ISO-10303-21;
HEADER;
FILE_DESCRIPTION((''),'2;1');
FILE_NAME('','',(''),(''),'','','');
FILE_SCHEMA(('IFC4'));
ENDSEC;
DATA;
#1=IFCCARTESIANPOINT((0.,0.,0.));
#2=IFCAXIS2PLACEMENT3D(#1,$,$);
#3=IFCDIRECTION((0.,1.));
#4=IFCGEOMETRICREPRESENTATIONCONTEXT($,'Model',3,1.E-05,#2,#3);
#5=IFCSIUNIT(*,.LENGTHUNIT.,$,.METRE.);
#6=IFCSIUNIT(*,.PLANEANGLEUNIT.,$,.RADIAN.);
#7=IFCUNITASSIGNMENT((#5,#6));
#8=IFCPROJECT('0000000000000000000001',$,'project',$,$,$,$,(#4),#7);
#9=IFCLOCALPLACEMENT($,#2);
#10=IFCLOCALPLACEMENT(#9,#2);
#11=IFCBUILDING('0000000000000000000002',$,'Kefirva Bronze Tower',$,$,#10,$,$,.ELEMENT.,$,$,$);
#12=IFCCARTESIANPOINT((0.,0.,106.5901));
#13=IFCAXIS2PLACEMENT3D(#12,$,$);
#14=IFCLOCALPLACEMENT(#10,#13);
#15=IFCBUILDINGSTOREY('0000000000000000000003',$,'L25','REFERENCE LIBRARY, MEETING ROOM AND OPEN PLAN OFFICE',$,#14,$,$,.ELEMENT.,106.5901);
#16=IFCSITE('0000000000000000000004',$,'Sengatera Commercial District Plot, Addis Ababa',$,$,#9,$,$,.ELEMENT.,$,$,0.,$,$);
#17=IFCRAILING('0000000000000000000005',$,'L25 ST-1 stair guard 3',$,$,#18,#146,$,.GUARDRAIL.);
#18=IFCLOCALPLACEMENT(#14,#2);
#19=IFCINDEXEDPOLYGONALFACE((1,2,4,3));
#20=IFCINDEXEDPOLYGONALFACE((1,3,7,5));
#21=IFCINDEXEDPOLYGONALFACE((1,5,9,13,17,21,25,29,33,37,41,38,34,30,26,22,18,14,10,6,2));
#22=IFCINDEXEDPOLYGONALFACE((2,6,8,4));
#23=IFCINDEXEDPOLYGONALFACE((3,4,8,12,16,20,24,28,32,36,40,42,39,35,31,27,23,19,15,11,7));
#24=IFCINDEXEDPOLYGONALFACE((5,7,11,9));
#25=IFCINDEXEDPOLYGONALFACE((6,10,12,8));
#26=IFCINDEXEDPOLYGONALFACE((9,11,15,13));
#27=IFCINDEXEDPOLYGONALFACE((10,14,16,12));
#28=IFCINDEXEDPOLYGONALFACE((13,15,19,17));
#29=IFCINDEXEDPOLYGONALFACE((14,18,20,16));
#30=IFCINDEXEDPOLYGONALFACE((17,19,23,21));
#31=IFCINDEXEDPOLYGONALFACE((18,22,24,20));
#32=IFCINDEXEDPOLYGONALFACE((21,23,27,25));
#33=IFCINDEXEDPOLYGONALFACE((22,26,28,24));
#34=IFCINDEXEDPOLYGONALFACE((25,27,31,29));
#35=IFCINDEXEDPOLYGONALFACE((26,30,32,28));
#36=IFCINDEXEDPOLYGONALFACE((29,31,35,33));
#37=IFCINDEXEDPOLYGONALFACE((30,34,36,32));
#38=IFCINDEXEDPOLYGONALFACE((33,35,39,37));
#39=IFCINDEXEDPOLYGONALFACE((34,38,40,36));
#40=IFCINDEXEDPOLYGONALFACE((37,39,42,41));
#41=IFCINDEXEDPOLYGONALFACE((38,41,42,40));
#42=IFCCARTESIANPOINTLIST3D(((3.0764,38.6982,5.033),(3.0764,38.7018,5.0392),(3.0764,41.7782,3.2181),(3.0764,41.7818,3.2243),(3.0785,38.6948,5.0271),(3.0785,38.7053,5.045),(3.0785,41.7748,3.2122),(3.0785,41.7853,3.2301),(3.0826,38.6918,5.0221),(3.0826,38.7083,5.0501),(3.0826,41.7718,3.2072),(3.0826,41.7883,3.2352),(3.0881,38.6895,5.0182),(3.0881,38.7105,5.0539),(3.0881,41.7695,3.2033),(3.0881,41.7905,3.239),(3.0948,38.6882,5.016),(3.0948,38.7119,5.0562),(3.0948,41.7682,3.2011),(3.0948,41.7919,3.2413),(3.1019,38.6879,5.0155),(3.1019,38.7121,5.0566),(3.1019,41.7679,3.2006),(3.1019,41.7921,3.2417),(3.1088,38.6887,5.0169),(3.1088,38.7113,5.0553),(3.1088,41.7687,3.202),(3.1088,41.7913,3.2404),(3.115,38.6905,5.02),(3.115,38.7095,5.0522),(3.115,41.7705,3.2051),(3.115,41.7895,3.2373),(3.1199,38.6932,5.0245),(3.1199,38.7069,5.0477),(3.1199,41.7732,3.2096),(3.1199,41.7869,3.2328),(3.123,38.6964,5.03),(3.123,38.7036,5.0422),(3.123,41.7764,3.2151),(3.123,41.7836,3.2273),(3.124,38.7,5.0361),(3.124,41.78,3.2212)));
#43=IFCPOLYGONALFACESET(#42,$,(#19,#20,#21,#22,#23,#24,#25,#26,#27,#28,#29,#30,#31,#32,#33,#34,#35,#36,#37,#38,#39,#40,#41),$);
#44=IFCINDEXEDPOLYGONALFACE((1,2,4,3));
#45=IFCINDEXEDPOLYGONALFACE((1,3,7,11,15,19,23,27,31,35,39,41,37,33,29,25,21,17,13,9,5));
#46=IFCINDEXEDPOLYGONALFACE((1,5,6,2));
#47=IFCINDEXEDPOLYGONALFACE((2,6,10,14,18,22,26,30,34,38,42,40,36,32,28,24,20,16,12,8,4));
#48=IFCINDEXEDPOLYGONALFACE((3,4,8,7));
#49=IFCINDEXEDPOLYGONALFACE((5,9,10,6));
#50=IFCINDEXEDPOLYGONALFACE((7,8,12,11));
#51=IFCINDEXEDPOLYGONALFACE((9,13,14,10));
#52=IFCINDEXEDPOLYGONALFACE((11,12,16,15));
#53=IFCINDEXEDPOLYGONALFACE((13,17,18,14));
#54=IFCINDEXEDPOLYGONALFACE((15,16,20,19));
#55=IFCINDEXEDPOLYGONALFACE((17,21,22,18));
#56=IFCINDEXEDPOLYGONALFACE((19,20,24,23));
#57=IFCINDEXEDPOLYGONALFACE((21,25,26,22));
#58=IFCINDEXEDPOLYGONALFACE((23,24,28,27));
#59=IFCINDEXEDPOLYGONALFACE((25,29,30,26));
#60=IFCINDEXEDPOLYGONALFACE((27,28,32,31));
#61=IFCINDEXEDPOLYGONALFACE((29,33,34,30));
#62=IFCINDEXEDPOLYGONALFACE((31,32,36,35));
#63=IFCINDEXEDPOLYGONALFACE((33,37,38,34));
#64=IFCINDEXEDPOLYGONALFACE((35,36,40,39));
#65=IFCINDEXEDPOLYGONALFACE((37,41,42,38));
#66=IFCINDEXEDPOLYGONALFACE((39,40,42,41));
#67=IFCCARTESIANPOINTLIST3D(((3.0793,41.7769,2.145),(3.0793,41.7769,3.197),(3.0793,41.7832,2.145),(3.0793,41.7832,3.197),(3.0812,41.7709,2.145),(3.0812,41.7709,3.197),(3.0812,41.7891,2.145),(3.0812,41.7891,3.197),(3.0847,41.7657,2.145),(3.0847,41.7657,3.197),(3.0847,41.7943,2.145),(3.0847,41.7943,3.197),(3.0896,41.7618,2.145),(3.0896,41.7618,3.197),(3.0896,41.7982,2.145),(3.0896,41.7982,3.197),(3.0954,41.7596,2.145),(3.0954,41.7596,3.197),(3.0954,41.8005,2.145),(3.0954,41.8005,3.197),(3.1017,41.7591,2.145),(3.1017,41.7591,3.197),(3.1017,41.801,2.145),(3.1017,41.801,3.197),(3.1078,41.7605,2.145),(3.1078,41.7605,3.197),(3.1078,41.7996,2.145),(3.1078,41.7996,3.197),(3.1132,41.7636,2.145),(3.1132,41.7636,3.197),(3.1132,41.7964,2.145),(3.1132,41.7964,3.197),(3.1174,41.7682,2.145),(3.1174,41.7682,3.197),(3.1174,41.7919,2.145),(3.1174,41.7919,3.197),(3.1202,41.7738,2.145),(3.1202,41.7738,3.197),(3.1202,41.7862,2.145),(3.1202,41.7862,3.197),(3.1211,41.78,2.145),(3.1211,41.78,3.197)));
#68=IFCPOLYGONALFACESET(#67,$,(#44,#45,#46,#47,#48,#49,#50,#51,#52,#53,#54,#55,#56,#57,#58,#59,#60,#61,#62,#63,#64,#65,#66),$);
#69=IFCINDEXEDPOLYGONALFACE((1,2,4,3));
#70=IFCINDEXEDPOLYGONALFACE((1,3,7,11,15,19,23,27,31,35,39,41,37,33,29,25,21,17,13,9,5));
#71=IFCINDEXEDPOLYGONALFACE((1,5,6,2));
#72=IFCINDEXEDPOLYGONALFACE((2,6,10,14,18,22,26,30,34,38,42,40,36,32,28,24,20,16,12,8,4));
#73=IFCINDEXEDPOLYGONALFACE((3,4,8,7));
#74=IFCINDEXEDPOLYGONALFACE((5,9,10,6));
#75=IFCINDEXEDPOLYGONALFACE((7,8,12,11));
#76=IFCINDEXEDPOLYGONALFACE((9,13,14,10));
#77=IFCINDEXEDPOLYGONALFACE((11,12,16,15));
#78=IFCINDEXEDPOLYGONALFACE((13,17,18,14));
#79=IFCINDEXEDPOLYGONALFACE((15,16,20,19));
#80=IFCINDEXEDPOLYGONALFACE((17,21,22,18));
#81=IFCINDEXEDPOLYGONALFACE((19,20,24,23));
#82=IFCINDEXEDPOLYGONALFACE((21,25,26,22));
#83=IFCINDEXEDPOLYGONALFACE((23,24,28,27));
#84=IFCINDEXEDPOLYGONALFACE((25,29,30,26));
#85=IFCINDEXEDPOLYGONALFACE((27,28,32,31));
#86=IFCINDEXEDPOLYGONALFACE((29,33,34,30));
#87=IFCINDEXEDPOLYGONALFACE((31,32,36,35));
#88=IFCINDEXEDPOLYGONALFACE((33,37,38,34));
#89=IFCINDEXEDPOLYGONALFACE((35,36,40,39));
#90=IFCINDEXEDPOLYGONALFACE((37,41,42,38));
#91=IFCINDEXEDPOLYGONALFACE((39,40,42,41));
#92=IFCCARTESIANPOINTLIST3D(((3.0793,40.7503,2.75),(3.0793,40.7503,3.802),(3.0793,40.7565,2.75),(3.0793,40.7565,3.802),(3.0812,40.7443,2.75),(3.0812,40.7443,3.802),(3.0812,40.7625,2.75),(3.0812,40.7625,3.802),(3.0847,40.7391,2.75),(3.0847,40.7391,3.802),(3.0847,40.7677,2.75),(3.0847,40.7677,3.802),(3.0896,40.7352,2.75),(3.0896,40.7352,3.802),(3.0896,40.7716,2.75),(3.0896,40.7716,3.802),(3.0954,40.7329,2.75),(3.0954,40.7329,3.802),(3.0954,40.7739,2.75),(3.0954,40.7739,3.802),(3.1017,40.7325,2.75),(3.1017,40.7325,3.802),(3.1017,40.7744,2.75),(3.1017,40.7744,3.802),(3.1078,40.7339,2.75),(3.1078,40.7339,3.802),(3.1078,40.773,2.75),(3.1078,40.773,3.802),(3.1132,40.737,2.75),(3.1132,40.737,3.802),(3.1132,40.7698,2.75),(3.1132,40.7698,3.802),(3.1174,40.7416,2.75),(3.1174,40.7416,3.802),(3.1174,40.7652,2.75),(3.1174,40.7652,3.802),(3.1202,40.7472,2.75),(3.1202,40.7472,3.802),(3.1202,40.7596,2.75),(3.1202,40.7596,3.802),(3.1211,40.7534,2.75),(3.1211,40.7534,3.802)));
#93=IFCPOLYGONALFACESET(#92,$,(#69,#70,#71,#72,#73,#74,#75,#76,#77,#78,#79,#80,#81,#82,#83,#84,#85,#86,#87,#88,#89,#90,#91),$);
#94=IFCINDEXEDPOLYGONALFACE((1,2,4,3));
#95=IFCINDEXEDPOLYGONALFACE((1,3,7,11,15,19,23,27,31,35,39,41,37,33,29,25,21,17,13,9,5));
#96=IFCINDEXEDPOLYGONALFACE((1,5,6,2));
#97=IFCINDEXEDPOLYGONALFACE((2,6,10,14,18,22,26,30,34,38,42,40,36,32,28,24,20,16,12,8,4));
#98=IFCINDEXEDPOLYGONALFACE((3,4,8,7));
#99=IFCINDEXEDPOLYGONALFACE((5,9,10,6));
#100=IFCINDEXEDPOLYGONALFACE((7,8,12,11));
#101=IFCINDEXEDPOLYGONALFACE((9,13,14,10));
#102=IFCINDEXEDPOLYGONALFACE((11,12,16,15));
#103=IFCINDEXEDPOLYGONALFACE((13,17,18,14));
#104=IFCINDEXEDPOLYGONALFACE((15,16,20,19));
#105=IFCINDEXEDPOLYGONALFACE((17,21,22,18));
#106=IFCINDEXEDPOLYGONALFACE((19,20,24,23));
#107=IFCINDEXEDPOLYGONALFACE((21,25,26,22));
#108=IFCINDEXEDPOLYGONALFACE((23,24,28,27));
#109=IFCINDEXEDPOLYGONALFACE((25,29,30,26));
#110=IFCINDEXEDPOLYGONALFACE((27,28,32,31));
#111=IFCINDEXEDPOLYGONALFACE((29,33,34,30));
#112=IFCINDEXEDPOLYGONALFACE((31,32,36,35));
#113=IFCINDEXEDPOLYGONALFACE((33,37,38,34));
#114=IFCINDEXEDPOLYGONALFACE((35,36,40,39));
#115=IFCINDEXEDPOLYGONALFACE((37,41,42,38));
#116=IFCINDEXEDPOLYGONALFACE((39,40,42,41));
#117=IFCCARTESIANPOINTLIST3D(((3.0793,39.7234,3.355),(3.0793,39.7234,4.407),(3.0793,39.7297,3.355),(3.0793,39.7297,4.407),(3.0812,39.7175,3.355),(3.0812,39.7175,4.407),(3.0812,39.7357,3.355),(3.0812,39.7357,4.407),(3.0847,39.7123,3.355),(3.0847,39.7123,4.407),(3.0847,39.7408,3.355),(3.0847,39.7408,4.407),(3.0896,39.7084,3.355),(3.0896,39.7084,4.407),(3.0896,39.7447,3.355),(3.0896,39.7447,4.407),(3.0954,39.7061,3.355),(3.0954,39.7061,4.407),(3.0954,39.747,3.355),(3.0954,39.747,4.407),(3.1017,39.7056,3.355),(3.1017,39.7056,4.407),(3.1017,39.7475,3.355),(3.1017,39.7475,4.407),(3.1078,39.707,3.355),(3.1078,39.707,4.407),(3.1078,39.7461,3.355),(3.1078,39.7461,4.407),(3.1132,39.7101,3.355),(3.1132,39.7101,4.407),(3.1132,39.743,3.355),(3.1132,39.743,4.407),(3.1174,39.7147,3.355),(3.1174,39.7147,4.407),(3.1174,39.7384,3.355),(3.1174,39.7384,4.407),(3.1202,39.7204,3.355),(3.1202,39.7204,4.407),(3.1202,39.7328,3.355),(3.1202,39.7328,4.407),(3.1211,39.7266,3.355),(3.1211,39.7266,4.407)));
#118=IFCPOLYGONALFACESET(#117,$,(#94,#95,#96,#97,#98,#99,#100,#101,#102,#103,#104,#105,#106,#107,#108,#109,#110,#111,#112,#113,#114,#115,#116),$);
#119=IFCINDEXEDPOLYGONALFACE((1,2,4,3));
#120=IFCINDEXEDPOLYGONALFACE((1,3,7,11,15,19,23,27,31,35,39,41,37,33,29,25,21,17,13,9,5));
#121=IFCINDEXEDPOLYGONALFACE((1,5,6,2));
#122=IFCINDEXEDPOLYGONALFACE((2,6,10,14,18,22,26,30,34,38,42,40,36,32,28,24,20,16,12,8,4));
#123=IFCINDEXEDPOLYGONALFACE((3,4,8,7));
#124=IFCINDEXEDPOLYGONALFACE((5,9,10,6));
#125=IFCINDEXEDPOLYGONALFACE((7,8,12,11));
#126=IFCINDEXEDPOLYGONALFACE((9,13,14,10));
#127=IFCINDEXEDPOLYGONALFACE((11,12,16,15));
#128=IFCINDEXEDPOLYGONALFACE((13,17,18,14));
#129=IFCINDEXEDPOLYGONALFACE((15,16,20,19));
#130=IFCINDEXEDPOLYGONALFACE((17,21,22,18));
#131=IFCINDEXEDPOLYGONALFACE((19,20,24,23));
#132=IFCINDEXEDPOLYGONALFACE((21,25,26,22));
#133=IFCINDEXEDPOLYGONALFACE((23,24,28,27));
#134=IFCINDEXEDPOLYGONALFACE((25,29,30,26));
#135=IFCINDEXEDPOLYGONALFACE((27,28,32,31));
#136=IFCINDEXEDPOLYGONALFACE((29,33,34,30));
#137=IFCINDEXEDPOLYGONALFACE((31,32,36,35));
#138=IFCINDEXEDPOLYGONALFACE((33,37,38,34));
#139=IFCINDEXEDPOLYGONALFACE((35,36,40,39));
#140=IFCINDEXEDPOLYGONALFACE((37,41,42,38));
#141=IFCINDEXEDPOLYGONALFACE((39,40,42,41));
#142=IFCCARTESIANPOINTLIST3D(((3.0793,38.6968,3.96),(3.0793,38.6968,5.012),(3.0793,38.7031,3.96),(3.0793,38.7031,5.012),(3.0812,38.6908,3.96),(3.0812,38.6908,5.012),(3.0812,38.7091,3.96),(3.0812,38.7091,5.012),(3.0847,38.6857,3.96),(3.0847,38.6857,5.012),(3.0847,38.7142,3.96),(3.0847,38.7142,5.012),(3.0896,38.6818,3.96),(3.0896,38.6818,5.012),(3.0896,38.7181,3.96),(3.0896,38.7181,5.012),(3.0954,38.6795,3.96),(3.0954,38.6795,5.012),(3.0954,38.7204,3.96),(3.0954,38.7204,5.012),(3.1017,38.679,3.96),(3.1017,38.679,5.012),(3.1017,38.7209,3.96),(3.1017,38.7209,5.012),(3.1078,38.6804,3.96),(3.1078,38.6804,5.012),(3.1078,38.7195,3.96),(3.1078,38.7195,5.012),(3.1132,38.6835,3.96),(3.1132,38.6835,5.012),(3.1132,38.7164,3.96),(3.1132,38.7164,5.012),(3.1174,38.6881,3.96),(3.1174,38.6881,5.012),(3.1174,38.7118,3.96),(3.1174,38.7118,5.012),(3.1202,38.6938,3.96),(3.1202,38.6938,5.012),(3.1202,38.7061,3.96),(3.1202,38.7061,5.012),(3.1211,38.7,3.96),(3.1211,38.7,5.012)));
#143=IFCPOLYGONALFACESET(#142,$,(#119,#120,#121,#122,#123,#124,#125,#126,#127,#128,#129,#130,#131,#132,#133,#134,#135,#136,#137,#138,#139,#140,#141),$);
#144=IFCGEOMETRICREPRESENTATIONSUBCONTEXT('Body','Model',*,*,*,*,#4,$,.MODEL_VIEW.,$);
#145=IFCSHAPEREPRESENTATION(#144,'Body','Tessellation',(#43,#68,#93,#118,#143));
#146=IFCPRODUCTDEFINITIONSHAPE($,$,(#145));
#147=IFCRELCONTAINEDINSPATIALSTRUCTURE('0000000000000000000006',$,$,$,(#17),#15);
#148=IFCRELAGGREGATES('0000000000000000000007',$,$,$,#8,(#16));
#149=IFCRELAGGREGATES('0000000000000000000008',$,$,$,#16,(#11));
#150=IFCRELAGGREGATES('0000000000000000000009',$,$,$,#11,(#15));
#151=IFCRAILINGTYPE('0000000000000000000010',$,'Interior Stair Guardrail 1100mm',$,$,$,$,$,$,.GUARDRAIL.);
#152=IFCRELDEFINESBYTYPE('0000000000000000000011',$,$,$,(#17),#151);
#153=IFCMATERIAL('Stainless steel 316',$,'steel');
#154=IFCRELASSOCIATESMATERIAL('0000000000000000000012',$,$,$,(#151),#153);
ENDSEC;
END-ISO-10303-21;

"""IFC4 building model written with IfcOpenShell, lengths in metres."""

from ifc_helpers import new_model, si_unit, direction, frame, origin, origin_2d, place, context, subcontext, project, spatial, circle, extrude, material, type_object, element, save


model = new_model("IFC4")

# Units and contexts
model_context = context("Model", 3, precision=1e-05, world=origin(), true_north=direction((0.0, 1.0)))
body_context = subcontext(model_context, "Body", "Model", "MODEL_VIEW")
ifc_project = project(units=[si_unit("LENGTHUNIT", "METRE"), si_unit("PLANEANGLEUNIT", "RADIAN")], contexts=[model_context])

# Site, building, storey
site_placement = place(None, origin())
site = spatial("IfcSite", under=ifc_project, at=site_placement, Name="Sengatera Commercial District Plot, Addis Ababa", CompositionType="ELEMENT", RefElevation=0.0)
building_placement = place(site_placement, origin())
building = spatial("IfcBuilding", under=site, at=building_placement, Name="Kefirva Bronze Tower", CompositionType="ELEMENT")
storey_placement = place(building_placement, frame((0.0, 0.0, 106.5901)))
storey = spatial("IfcBuildingStorey", under=building, at=storey_placement, Name="L25", Description="REFERENCE LIBRARY, MEETING ROOM AND OPEN PLAN OFFICE", CompositionType="ELEMENT", Elevation=106.5901)

# Railing
ifc_material_1 = material(Name="Stainless steel 316", Category="steel")
railing_type_1 = type_object("IfcRailingType", Name="Interior Stair Guardrail 1100mm", PredefinedType="GUARDRAIL", material=ifc_material_1)
railing_1_placement = place(storey_placement, frame((3.1001, 41.78, 2.145)))
element("IfcRailing", 1, at=railing_1_placement, inside=storey, type_object=railing_type_1, Name="L25 ST-1 stair guard 3", PredefinedType="GUARDRAIL", context=body_context, shape_type="SweptSolid", body=[
    extrude(circle(Radius=0.0239, at=origin_2d()), frame((0.0, 0.0, 1.0762), z_axis=(0.0, -0.861551, 0.507671), x_axis=(1.0, 0.0, 0.0)), (0.0, 0.0, 1.0), 3.575),
    extrude(circle(Radius=0.021, at=origin_2d()), origin(), (0.0, 0.0, 1.0), 1.052),
    extrude(circle(Radius=0.021, at=origin_2d()), frame((0.0, -1.0266, 0.605)), (0.0, 0.0, 1.0), 1.052),
    extrude(circle(Radius=0.021, at=origin_2d()), frame((0.0, -2.0535, 1.21)), (0.0, 0.0, 1.0), 1.052),
    extrude(circle(Radius=0.021, at=origin_2d()), frame((0.0, -3.0801, 1.8149)), (0.0, 0.0, 1.0), 1.052),
])

save(model, "model.ifc")
